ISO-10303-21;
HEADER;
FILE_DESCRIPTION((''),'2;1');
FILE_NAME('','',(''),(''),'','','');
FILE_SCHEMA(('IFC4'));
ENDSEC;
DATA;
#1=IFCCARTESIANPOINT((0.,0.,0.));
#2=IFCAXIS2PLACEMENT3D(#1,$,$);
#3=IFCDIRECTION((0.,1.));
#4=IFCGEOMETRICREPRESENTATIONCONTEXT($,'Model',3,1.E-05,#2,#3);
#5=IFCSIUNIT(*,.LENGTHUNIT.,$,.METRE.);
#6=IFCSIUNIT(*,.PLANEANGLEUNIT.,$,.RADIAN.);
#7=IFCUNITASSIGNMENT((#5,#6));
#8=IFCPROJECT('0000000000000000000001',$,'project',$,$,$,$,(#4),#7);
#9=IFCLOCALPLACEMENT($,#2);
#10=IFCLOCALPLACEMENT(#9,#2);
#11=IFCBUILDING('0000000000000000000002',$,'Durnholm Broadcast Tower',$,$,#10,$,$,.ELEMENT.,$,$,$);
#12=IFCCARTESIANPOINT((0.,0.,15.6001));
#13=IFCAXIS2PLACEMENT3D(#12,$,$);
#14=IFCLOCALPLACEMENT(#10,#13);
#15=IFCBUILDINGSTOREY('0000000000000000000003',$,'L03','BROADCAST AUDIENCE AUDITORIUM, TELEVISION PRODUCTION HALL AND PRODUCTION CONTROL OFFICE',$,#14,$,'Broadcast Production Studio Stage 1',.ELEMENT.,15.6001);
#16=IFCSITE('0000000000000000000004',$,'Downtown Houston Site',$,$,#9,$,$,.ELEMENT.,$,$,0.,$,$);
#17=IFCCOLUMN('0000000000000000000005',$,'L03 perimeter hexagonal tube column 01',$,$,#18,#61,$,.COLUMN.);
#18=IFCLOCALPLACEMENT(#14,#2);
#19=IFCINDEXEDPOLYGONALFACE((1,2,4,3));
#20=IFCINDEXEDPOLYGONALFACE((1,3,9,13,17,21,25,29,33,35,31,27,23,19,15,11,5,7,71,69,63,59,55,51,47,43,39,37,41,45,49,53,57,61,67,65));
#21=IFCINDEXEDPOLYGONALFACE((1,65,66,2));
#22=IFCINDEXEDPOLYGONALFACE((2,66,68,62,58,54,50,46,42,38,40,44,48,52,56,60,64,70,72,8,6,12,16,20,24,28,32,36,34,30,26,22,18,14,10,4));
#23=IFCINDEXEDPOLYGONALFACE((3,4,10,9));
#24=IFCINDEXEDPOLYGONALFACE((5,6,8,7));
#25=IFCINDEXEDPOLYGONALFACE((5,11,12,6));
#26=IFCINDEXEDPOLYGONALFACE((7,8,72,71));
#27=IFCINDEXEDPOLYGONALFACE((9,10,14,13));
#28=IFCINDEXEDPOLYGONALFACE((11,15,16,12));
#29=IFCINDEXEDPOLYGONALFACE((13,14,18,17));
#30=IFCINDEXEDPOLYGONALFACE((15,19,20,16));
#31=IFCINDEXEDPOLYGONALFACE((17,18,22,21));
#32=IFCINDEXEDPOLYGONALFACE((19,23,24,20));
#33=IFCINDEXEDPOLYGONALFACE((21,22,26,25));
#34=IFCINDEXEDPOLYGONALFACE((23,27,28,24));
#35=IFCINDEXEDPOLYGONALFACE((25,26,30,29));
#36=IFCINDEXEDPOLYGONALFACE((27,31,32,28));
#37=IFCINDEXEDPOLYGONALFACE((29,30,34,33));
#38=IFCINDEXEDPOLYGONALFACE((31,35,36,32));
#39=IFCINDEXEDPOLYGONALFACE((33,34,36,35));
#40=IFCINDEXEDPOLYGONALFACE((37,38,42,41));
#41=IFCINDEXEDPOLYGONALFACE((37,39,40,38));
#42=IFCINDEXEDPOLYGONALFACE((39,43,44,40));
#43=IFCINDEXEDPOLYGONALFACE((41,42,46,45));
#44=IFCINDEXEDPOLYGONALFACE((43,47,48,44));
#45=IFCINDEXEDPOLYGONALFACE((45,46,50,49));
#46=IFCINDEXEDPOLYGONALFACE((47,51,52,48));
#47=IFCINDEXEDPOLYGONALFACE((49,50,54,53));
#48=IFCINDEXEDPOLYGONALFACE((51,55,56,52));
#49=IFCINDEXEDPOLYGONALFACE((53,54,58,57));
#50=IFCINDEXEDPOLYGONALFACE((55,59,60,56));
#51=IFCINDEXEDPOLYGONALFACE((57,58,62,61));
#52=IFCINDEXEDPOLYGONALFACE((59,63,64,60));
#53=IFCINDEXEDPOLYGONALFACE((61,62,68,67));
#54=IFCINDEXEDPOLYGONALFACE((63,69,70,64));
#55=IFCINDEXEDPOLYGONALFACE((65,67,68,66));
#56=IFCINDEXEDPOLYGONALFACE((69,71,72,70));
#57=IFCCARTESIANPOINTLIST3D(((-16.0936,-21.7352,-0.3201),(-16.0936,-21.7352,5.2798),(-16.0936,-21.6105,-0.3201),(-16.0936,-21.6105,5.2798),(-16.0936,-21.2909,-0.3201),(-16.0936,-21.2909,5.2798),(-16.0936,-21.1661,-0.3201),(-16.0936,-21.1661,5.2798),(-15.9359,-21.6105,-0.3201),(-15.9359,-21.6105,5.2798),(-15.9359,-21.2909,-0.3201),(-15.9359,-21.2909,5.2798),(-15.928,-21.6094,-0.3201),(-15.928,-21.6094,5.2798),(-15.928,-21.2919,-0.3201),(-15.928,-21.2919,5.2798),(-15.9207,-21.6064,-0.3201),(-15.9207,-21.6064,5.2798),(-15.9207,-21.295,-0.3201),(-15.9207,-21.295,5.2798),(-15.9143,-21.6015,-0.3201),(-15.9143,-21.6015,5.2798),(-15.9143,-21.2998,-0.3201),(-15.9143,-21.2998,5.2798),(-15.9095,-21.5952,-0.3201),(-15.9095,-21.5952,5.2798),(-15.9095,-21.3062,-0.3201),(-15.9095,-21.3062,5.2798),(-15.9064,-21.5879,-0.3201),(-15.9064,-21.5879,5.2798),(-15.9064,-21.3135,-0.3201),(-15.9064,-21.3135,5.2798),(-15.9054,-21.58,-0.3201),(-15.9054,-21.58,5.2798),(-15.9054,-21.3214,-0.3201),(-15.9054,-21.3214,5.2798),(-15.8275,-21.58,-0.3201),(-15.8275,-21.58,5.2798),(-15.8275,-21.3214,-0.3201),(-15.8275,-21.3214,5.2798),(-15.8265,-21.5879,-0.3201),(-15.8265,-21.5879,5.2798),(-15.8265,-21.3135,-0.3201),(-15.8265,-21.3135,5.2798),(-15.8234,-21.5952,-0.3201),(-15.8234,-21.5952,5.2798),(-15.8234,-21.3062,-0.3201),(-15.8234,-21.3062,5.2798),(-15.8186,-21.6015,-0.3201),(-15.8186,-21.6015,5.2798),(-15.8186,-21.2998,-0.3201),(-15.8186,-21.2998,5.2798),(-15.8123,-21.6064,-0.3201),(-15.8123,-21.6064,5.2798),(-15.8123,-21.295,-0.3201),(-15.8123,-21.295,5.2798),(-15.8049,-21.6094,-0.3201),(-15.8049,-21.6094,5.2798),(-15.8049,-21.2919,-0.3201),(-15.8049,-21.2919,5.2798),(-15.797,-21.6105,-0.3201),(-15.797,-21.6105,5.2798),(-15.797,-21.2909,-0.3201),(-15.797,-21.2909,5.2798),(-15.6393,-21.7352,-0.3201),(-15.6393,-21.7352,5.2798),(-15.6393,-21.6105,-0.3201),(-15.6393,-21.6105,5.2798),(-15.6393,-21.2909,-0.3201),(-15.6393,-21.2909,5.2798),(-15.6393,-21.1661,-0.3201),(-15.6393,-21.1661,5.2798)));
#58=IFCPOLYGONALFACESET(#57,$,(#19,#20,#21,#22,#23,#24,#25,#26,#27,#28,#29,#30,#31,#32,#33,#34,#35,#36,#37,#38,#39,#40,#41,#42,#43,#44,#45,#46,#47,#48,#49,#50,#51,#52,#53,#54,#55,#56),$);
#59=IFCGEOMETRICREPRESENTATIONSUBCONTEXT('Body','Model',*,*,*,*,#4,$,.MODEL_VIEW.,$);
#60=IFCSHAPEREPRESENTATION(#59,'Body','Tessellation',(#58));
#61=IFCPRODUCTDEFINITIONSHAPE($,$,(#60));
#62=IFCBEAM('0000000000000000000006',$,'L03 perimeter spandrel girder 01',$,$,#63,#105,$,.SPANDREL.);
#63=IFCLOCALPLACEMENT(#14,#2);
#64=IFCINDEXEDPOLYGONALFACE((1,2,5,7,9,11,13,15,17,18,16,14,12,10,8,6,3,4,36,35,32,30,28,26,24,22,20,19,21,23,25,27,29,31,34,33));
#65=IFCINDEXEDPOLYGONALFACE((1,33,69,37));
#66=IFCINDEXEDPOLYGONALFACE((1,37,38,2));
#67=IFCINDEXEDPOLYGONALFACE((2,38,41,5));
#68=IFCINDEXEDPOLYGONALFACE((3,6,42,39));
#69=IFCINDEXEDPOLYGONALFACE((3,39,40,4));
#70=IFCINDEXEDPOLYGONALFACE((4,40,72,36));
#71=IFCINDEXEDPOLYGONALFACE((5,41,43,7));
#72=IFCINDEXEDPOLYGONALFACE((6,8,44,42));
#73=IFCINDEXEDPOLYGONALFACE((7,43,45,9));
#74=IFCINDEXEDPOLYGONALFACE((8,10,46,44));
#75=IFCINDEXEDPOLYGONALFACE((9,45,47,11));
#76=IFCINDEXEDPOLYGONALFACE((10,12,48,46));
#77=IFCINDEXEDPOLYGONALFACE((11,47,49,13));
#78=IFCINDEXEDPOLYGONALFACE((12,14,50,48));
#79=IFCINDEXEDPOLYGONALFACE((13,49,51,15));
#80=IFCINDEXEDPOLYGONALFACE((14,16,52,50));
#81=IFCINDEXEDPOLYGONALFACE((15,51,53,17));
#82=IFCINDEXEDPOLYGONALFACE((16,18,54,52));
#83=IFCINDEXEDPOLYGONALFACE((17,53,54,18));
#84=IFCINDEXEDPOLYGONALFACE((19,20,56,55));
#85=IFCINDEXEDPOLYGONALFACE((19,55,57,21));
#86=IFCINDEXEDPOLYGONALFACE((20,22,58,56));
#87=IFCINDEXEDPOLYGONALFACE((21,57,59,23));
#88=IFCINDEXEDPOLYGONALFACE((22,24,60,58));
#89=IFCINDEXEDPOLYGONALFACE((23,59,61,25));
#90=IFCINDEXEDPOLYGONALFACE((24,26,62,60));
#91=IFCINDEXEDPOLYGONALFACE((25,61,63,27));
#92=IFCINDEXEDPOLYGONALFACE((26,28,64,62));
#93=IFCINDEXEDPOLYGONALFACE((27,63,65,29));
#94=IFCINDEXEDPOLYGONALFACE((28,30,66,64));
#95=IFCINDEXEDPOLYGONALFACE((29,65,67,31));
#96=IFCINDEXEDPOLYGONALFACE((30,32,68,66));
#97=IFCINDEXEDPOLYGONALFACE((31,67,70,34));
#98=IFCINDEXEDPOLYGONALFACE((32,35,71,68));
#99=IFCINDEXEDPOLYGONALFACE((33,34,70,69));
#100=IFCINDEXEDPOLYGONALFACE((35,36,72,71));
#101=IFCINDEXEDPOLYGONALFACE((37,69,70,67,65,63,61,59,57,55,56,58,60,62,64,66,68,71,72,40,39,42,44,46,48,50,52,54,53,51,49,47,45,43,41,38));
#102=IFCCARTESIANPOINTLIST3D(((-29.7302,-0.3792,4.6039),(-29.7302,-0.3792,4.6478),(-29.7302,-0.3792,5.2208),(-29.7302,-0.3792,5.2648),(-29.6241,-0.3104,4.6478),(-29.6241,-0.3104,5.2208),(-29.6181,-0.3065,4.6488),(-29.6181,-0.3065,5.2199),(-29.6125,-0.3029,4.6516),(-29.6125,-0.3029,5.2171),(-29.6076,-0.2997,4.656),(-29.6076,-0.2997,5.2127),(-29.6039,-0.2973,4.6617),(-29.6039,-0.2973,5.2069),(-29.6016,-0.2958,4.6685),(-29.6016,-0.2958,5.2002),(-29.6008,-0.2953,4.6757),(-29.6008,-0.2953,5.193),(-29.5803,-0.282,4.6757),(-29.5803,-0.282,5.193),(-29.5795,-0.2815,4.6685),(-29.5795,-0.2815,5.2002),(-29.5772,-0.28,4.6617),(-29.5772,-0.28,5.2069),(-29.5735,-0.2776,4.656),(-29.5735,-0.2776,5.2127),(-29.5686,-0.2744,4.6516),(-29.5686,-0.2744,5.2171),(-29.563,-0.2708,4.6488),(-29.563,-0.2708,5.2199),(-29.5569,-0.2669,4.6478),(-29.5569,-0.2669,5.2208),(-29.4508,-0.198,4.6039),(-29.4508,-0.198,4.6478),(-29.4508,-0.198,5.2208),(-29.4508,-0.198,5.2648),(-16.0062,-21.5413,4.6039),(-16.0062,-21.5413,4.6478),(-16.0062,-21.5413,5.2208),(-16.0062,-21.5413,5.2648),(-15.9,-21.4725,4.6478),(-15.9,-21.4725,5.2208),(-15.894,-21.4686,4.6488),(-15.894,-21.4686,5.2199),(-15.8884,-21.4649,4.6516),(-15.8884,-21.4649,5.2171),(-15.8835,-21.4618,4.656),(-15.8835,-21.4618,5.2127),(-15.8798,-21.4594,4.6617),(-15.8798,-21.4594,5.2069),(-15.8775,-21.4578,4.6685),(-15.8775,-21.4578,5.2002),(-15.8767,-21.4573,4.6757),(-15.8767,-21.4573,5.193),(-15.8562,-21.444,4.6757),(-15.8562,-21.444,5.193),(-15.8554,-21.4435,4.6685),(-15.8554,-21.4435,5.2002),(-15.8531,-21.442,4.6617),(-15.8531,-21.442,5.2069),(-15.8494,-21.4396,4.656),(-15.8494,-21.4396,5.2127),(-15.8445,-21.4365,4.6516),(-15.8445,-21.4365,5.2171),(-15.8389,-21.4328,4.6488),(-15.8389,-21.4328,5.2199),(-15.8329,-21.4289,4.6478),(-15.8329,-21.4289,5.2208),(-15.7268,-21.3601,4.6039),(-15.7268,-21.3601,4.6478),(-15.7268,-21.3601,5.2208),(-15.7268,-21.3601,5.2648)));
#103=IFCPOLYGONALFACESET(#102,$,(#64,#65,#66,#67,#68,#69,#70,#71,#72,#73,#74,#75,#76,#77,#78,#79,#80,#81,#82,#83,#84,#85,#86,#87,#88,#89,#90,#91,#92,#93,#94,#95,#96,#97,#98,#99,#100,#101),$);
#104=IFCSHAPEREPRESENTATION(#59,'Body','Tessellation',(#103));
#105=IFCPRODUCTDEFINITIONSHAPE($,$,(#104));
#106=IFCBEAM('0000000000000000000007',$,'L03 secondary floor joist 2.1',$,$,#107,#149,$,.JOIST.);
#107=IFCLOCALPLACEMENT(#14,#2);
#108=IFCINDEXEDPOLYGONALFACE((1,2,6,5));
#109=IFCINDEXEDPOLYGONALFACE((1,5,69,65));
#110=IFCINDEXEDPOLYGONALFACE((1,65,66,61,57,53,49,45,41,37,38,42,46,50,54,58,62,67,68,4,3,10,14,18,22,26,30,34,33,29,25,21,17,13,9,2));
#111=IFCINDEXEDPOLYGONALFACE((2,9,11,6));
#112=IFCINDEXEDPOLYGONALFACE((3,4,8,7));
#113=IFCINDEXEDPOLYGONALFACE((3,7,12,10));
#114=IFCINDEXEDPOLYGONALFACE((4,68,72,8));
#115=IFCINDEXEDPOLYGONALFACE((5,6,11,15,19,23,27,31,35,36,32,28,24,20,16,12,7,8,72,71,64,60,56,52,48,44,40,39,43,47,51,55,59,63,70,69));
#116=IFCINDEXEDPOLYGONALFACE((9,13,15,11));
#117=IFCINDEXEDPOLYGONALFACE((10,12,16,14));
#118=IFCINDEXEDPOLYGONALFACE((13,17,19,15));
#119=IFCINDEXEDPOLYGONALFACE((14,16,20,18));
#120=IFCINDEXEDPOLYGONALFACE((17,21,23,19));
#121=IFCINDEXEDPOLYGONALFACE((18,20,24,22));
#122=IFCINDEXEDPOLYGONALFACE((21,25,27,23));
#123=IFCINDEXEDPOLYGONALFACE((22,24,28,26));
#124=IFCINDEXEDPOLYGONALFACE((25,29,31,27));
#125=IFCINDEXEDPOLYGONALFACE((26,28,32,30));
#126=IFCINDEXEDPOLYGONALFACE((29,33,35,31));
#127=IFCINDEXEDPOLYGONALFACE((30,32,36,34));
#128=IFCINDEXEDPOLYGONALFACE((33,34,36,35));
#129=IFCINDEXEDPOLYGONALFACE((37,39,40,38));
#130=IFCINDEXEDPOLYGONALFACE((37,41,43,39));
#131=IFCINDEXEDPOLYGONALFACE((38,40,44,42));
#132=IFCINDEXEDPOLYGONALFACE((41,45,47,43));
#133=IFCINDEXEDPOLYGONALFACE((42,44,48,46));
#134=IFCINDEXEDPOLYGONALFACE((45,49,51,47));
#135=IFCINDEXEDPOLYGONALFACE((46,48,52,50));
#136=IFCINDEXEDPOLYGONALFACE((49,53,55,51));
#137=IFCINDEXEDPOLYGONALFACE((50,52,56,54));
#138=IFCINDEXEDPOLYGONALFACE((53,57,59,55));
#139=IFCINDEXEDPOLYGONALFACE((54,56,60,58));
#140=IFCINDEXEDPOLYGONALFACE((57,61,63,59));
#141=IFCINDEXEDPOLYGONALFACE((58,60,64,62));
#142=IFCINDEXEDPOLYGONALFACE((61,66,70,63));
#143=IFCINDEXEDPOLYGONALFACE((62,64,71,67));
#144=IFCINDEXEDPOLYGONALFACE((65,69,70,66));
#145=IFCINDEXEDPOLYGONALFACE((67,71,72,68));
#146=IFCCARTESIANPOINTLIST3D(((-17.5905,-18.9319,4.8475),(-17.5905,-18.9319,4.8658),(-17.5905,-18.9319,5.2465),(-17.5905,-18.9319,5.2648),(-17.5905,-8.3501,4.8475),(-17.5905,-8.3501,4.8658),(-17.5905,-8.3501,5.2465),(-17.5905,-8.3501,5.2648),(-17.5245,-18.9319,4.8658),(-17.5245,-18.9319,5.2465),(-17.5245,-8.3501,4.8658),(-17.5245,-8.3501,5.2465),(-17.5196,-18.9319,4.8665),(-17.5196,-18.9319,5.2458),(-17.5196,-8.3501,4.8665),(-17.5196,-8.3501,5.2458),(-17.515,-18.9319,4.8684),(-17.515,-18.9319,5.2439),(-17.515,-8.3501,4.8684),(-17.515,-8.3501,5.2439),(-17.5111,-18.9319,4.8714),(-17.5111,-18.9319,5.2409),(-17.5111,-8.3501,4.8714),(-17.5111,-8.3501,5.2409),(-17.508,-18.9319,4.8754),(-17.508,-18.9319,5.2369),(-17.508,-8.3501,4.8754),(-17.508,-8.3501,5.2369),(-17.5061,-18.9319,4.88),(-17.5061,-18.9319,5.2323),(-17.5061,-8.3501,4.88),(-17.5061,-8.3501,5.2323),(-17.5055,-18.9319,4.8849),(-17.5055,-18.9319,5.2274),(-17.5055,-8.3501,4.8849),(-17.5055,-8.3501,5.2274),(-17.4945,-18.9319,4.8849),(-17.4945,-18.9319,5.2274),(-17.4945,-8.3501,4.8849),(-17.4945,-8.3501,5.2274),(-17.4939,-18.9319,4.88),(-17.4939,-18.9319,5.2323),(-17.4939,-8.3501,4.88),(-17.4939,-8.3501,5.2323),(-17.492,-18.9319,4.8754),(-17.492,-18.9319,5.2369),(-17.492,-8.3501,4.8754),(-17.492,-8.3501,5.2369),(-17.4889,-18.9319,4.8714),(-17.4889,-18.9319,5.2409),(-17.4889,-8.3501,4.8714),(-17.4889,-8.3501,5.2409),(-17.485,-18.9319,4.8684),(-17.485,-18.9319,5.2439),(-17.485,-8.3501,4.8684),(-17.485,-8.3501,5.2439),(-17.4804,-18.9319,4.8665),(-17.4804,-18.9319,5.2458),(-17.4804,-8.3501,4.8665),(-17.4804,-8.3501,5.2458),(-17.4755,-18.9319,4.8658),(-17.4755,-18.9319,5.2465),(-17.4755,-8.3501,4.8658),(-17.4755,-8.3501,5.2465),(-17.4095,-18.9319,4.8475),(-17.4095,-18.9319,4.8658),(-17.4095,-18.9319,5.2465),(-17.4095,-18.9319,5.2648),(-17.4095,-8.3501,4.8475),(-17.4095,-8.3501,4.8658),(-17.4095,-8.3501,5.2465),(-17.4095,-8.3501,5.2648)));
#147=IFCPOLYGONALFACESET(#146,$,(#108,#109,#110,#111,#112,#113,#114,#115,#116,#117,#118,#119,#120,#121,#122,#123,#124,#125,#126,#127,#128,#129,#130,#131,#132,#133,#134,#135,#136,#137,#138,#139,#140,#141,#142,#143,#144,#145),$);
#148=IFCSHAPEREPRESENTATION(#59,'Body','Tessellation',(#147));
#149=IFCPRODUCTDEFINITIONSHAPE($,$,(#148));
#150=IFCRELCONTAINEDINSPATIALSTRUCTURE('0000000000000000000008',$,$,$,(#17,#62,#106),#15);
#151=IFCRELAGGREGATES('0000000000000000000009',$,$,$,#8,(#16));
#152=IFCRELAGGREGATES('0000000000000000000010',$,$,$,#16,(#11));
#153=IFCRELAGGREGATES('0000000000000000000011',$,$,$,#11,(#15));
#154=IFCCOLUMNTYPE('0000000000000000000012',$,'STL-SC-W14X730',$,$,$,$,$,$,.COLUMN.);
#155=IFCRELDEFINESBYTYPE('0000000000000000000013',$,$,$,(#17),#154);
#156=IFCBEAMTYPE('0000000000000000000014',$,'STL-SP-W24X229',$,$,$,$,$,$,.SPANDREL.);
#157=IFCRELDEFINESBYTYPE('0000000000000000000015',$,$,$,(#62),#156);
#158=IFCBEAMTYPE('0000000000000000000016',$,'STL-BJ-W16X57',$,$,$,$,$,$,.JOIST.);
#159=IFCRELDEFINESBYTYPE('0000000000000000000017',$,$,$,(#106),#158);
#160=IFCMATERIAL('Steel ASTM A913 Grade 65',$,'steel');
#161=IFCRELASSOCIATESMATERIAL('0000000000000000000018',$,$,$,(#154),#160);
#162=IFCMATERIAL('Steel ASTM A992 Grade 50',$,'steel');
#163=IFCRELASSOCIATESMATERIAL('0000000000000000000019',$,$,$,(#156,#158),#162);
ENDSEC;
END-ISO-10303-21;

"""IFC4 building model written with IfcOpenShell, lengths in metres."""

from ifc_helpers import new_model, si_unit, direction, frame, origin, origin_2d, place, context, subcontext, project, spatial, i_section, extrude, source, transform, mapped, material, material_profile, profile_set, type_object, type_shapes, element, save


model = new_model("IFC4")

# Units and contexts
model_context = context("Model", 3, precision=1e-05, world=origin(), true_north=direction((0.0, 1.0)))
body_context = subcontext(model_context, "Body", "Model", "MODEL_VIEW")
ifc_project = project(units=[si_unit("LENGTHUNIT", "METRE"), si_unit("PLANEANGLEUNIT", "RADIAN")], contexts=[model_context])

# Site, building, storey
site_placement = place(None, origin())
site = spatial("IfcSite", under=ifc_project, at=site_placement, Name="Downtown Houston Site", CompositionType="ELEMENT", RefElevation=0.0)
building_placement = place(site_placement, origin())
building = spatial("IfcBuilding", under=site, at=building_placement, Name="Durnholm Broadcast Tower", CompositionType="ELEMENT")
storey_placement = place(building_placement, frame((0.0, 0.0, 15.6001)))
storey = spatial("IfcBuildingStorey", under=building, at=storey_placement, Name="L03", Description="BROADCAST AUDIENCE AUDITORIUM, TELEVISION PRODUCTION HALL AND PRODUCTION CONTROL OFFICE", LongName="Broadcast Production Studio Stage 1", CompositionType="ELEMENT", Elevation=15.6001)

# Column
ifc_material_1 = material(Name="Steel ASTM A913 Grade 65", Category="steel")
ifc_material_profile_1 = material_profile(ifc_material_1, i_section(OverallWidth=0.4543, OverallDepth=0.5691, WebThickness=0.0779, FlangeThickness=0.1248, FilletRadius=0.0305, at=origin_2d()), Name="W14X730")
ifc_profile_set_1 = profile_set([ifc_material_profile_1], Name="Steel ASTM A913 Grade 65")
column_type = type_object("IfcColumnType", Name="STL-SC-W14X730", PredefinedType="COLUMN", material=ifc_profile_set_1)
shared_shape_1 = source(origin(), body_context, "Body", "SweptSolid", [
    extrude(i_section(OverallWidth=0.4543, OverallDepth=0.5691, WebThickness=0.0779, FlangeThickness=0.1248, FilletRadius=0.0305, at=origin_2d()), origin(), (0.0, 0.0, 1.0), 5.5999),
])
type_shapes(column_type, [shared_shape_1])
column_placement = place(storey_placement, frame((-15.8665, -21.4507, -0.3201), z_axis=(0.0, 0.0, 1.0), x_axis=(1.0, 0.0, 0.0)))
element("IfcColumn", 1, at=column_placement, inside=storey, type_object=column_type, Name="L03 perimeter hexagonal tube column 01", PredefinedType="COLUMN", context=body_context, shape_type="MappedRepresentation", body=[
    mapped(shared_shape_1, transform((0.0, 0.0, 0.0), x_axis=(1.0, 0.0, 0.0), y_axis=(0.0, 1.0, 0.0), z_axis=(0.0, 0.0, 1.0), scale=1.0)),
])

# Beams
ifc_material_2 = material(Name="Steel ASTM A992 Grade 50", Category="steel")
ifc_material_profile_2 = material_profile(ifc_material_2, i_section(OverallWidth=0.333, OverallDepth=0.6609, WebThickness=0.0244, FlangeThickness=0.0439, FilletRadius=0.0278, at=origin_2d()), Name="W24X229")
ifc_profile_set_2 = profile_set([ifc_material_profile_2], Name="Steel ASTM A992 Grade 50")
beam_type_1 = type_object("IfcBeamType", Name="STL-SP-W24X229", PredefinedType="SPANDREL", material=ifc_profile_set_2)
shared_shape_2 = source(origin(), body_context, "Body", "SweptSolid", [
    extrude(i_section(OverallWidth=0.333, OverallDepth=0.6609, WebThickness=0.0244, FlangeThickness=0.0439, FilletRadius=0.0278, at=origin_2d()), origin(), (0.0, 0.0, 1.0), 25.2227),
])
type_shapes(beam_type_1, [shared_shape_2])
beam_1_placement = place(storey_placement, frame((-15.8665, -21.4507, 4.9343), z_axis=(-0.544117, 0.839009, 0.0), x_axis=(-0.839009, -0.544117, 0.0)))
element("IfcBeam", 2, at=beam_1_placement, inside=storey, type_object=beam_type_1, Name="L03 perimeter spandrel girder 01", PredefinedType="SPANDREL", context=body_context, shape_type="MappedRepresentation", body=[
    mapped(shared_shape_2, transform((0.0, 0.0, 0.0), x_axis=(1.0, 0.0, 0.0), y_axis=(0.0, 1.0, 0.0), z_axis=(0.0, 0.0, 1.0), scale=1.0)),
])
ifc_material_profile_3 = material_profile(ifc_material_2, i_section(OverallWidth=0.1809, OverallDepth=0.4172, WebThickness=0.011, FlangeThickness=0.0183, FilletRadius=0.019, at=origin_2d()), Name="W16X57")
ifc_profile_set_3 = profile_set([ifc_material_profile_3], Name="Steel ASTM A992 Grade 50")
beam_type_2 = type_object("IfcBeamType", Name="STL-BJ-W16X57", PredefinedType="JOIST", material=ifc_profile_set_3)
shared_shape_3 = source(origin(), body_context, "Body", "SweptSolid", [
    extrude(i_section(OverallWidth=0.1809, OverallDepth=0.4172, WebThickness=0.011, FlangeThickness=0.0183, FilletRadius=0.019, at=origin_2d()), origin(), (0.0, 0.0, 1.0), 10.5818),
])
type_shapes(beam_type_2, [shared_shape_3])
beam_2_placement = place(storey_placement, frame((-17.5, -18.9319, 5.0562), z_axis=(0.0, 1.0, 0.0), x_axis=(-1.0, 0.0, 0.0)))
element("IfcBeam", 3, at=beam_2_placement, inside=storey, type_object=beam_type_2, Name="L03 secondary floor joist 2.1", PredefinedType="JOIST", context=body_context, shape_type="MappedRepresentation", body=[
    mapped(shared_shape_3, transform((0.0, 0.0, 0.0), x_axis=(1.0, 0.0, 0.0), y_axis=(0.0, 1.0, 0.0), z_axis=(0.0, 0.0, 1.0), scale=1.0)),
])

save(model, "model.ifc")
